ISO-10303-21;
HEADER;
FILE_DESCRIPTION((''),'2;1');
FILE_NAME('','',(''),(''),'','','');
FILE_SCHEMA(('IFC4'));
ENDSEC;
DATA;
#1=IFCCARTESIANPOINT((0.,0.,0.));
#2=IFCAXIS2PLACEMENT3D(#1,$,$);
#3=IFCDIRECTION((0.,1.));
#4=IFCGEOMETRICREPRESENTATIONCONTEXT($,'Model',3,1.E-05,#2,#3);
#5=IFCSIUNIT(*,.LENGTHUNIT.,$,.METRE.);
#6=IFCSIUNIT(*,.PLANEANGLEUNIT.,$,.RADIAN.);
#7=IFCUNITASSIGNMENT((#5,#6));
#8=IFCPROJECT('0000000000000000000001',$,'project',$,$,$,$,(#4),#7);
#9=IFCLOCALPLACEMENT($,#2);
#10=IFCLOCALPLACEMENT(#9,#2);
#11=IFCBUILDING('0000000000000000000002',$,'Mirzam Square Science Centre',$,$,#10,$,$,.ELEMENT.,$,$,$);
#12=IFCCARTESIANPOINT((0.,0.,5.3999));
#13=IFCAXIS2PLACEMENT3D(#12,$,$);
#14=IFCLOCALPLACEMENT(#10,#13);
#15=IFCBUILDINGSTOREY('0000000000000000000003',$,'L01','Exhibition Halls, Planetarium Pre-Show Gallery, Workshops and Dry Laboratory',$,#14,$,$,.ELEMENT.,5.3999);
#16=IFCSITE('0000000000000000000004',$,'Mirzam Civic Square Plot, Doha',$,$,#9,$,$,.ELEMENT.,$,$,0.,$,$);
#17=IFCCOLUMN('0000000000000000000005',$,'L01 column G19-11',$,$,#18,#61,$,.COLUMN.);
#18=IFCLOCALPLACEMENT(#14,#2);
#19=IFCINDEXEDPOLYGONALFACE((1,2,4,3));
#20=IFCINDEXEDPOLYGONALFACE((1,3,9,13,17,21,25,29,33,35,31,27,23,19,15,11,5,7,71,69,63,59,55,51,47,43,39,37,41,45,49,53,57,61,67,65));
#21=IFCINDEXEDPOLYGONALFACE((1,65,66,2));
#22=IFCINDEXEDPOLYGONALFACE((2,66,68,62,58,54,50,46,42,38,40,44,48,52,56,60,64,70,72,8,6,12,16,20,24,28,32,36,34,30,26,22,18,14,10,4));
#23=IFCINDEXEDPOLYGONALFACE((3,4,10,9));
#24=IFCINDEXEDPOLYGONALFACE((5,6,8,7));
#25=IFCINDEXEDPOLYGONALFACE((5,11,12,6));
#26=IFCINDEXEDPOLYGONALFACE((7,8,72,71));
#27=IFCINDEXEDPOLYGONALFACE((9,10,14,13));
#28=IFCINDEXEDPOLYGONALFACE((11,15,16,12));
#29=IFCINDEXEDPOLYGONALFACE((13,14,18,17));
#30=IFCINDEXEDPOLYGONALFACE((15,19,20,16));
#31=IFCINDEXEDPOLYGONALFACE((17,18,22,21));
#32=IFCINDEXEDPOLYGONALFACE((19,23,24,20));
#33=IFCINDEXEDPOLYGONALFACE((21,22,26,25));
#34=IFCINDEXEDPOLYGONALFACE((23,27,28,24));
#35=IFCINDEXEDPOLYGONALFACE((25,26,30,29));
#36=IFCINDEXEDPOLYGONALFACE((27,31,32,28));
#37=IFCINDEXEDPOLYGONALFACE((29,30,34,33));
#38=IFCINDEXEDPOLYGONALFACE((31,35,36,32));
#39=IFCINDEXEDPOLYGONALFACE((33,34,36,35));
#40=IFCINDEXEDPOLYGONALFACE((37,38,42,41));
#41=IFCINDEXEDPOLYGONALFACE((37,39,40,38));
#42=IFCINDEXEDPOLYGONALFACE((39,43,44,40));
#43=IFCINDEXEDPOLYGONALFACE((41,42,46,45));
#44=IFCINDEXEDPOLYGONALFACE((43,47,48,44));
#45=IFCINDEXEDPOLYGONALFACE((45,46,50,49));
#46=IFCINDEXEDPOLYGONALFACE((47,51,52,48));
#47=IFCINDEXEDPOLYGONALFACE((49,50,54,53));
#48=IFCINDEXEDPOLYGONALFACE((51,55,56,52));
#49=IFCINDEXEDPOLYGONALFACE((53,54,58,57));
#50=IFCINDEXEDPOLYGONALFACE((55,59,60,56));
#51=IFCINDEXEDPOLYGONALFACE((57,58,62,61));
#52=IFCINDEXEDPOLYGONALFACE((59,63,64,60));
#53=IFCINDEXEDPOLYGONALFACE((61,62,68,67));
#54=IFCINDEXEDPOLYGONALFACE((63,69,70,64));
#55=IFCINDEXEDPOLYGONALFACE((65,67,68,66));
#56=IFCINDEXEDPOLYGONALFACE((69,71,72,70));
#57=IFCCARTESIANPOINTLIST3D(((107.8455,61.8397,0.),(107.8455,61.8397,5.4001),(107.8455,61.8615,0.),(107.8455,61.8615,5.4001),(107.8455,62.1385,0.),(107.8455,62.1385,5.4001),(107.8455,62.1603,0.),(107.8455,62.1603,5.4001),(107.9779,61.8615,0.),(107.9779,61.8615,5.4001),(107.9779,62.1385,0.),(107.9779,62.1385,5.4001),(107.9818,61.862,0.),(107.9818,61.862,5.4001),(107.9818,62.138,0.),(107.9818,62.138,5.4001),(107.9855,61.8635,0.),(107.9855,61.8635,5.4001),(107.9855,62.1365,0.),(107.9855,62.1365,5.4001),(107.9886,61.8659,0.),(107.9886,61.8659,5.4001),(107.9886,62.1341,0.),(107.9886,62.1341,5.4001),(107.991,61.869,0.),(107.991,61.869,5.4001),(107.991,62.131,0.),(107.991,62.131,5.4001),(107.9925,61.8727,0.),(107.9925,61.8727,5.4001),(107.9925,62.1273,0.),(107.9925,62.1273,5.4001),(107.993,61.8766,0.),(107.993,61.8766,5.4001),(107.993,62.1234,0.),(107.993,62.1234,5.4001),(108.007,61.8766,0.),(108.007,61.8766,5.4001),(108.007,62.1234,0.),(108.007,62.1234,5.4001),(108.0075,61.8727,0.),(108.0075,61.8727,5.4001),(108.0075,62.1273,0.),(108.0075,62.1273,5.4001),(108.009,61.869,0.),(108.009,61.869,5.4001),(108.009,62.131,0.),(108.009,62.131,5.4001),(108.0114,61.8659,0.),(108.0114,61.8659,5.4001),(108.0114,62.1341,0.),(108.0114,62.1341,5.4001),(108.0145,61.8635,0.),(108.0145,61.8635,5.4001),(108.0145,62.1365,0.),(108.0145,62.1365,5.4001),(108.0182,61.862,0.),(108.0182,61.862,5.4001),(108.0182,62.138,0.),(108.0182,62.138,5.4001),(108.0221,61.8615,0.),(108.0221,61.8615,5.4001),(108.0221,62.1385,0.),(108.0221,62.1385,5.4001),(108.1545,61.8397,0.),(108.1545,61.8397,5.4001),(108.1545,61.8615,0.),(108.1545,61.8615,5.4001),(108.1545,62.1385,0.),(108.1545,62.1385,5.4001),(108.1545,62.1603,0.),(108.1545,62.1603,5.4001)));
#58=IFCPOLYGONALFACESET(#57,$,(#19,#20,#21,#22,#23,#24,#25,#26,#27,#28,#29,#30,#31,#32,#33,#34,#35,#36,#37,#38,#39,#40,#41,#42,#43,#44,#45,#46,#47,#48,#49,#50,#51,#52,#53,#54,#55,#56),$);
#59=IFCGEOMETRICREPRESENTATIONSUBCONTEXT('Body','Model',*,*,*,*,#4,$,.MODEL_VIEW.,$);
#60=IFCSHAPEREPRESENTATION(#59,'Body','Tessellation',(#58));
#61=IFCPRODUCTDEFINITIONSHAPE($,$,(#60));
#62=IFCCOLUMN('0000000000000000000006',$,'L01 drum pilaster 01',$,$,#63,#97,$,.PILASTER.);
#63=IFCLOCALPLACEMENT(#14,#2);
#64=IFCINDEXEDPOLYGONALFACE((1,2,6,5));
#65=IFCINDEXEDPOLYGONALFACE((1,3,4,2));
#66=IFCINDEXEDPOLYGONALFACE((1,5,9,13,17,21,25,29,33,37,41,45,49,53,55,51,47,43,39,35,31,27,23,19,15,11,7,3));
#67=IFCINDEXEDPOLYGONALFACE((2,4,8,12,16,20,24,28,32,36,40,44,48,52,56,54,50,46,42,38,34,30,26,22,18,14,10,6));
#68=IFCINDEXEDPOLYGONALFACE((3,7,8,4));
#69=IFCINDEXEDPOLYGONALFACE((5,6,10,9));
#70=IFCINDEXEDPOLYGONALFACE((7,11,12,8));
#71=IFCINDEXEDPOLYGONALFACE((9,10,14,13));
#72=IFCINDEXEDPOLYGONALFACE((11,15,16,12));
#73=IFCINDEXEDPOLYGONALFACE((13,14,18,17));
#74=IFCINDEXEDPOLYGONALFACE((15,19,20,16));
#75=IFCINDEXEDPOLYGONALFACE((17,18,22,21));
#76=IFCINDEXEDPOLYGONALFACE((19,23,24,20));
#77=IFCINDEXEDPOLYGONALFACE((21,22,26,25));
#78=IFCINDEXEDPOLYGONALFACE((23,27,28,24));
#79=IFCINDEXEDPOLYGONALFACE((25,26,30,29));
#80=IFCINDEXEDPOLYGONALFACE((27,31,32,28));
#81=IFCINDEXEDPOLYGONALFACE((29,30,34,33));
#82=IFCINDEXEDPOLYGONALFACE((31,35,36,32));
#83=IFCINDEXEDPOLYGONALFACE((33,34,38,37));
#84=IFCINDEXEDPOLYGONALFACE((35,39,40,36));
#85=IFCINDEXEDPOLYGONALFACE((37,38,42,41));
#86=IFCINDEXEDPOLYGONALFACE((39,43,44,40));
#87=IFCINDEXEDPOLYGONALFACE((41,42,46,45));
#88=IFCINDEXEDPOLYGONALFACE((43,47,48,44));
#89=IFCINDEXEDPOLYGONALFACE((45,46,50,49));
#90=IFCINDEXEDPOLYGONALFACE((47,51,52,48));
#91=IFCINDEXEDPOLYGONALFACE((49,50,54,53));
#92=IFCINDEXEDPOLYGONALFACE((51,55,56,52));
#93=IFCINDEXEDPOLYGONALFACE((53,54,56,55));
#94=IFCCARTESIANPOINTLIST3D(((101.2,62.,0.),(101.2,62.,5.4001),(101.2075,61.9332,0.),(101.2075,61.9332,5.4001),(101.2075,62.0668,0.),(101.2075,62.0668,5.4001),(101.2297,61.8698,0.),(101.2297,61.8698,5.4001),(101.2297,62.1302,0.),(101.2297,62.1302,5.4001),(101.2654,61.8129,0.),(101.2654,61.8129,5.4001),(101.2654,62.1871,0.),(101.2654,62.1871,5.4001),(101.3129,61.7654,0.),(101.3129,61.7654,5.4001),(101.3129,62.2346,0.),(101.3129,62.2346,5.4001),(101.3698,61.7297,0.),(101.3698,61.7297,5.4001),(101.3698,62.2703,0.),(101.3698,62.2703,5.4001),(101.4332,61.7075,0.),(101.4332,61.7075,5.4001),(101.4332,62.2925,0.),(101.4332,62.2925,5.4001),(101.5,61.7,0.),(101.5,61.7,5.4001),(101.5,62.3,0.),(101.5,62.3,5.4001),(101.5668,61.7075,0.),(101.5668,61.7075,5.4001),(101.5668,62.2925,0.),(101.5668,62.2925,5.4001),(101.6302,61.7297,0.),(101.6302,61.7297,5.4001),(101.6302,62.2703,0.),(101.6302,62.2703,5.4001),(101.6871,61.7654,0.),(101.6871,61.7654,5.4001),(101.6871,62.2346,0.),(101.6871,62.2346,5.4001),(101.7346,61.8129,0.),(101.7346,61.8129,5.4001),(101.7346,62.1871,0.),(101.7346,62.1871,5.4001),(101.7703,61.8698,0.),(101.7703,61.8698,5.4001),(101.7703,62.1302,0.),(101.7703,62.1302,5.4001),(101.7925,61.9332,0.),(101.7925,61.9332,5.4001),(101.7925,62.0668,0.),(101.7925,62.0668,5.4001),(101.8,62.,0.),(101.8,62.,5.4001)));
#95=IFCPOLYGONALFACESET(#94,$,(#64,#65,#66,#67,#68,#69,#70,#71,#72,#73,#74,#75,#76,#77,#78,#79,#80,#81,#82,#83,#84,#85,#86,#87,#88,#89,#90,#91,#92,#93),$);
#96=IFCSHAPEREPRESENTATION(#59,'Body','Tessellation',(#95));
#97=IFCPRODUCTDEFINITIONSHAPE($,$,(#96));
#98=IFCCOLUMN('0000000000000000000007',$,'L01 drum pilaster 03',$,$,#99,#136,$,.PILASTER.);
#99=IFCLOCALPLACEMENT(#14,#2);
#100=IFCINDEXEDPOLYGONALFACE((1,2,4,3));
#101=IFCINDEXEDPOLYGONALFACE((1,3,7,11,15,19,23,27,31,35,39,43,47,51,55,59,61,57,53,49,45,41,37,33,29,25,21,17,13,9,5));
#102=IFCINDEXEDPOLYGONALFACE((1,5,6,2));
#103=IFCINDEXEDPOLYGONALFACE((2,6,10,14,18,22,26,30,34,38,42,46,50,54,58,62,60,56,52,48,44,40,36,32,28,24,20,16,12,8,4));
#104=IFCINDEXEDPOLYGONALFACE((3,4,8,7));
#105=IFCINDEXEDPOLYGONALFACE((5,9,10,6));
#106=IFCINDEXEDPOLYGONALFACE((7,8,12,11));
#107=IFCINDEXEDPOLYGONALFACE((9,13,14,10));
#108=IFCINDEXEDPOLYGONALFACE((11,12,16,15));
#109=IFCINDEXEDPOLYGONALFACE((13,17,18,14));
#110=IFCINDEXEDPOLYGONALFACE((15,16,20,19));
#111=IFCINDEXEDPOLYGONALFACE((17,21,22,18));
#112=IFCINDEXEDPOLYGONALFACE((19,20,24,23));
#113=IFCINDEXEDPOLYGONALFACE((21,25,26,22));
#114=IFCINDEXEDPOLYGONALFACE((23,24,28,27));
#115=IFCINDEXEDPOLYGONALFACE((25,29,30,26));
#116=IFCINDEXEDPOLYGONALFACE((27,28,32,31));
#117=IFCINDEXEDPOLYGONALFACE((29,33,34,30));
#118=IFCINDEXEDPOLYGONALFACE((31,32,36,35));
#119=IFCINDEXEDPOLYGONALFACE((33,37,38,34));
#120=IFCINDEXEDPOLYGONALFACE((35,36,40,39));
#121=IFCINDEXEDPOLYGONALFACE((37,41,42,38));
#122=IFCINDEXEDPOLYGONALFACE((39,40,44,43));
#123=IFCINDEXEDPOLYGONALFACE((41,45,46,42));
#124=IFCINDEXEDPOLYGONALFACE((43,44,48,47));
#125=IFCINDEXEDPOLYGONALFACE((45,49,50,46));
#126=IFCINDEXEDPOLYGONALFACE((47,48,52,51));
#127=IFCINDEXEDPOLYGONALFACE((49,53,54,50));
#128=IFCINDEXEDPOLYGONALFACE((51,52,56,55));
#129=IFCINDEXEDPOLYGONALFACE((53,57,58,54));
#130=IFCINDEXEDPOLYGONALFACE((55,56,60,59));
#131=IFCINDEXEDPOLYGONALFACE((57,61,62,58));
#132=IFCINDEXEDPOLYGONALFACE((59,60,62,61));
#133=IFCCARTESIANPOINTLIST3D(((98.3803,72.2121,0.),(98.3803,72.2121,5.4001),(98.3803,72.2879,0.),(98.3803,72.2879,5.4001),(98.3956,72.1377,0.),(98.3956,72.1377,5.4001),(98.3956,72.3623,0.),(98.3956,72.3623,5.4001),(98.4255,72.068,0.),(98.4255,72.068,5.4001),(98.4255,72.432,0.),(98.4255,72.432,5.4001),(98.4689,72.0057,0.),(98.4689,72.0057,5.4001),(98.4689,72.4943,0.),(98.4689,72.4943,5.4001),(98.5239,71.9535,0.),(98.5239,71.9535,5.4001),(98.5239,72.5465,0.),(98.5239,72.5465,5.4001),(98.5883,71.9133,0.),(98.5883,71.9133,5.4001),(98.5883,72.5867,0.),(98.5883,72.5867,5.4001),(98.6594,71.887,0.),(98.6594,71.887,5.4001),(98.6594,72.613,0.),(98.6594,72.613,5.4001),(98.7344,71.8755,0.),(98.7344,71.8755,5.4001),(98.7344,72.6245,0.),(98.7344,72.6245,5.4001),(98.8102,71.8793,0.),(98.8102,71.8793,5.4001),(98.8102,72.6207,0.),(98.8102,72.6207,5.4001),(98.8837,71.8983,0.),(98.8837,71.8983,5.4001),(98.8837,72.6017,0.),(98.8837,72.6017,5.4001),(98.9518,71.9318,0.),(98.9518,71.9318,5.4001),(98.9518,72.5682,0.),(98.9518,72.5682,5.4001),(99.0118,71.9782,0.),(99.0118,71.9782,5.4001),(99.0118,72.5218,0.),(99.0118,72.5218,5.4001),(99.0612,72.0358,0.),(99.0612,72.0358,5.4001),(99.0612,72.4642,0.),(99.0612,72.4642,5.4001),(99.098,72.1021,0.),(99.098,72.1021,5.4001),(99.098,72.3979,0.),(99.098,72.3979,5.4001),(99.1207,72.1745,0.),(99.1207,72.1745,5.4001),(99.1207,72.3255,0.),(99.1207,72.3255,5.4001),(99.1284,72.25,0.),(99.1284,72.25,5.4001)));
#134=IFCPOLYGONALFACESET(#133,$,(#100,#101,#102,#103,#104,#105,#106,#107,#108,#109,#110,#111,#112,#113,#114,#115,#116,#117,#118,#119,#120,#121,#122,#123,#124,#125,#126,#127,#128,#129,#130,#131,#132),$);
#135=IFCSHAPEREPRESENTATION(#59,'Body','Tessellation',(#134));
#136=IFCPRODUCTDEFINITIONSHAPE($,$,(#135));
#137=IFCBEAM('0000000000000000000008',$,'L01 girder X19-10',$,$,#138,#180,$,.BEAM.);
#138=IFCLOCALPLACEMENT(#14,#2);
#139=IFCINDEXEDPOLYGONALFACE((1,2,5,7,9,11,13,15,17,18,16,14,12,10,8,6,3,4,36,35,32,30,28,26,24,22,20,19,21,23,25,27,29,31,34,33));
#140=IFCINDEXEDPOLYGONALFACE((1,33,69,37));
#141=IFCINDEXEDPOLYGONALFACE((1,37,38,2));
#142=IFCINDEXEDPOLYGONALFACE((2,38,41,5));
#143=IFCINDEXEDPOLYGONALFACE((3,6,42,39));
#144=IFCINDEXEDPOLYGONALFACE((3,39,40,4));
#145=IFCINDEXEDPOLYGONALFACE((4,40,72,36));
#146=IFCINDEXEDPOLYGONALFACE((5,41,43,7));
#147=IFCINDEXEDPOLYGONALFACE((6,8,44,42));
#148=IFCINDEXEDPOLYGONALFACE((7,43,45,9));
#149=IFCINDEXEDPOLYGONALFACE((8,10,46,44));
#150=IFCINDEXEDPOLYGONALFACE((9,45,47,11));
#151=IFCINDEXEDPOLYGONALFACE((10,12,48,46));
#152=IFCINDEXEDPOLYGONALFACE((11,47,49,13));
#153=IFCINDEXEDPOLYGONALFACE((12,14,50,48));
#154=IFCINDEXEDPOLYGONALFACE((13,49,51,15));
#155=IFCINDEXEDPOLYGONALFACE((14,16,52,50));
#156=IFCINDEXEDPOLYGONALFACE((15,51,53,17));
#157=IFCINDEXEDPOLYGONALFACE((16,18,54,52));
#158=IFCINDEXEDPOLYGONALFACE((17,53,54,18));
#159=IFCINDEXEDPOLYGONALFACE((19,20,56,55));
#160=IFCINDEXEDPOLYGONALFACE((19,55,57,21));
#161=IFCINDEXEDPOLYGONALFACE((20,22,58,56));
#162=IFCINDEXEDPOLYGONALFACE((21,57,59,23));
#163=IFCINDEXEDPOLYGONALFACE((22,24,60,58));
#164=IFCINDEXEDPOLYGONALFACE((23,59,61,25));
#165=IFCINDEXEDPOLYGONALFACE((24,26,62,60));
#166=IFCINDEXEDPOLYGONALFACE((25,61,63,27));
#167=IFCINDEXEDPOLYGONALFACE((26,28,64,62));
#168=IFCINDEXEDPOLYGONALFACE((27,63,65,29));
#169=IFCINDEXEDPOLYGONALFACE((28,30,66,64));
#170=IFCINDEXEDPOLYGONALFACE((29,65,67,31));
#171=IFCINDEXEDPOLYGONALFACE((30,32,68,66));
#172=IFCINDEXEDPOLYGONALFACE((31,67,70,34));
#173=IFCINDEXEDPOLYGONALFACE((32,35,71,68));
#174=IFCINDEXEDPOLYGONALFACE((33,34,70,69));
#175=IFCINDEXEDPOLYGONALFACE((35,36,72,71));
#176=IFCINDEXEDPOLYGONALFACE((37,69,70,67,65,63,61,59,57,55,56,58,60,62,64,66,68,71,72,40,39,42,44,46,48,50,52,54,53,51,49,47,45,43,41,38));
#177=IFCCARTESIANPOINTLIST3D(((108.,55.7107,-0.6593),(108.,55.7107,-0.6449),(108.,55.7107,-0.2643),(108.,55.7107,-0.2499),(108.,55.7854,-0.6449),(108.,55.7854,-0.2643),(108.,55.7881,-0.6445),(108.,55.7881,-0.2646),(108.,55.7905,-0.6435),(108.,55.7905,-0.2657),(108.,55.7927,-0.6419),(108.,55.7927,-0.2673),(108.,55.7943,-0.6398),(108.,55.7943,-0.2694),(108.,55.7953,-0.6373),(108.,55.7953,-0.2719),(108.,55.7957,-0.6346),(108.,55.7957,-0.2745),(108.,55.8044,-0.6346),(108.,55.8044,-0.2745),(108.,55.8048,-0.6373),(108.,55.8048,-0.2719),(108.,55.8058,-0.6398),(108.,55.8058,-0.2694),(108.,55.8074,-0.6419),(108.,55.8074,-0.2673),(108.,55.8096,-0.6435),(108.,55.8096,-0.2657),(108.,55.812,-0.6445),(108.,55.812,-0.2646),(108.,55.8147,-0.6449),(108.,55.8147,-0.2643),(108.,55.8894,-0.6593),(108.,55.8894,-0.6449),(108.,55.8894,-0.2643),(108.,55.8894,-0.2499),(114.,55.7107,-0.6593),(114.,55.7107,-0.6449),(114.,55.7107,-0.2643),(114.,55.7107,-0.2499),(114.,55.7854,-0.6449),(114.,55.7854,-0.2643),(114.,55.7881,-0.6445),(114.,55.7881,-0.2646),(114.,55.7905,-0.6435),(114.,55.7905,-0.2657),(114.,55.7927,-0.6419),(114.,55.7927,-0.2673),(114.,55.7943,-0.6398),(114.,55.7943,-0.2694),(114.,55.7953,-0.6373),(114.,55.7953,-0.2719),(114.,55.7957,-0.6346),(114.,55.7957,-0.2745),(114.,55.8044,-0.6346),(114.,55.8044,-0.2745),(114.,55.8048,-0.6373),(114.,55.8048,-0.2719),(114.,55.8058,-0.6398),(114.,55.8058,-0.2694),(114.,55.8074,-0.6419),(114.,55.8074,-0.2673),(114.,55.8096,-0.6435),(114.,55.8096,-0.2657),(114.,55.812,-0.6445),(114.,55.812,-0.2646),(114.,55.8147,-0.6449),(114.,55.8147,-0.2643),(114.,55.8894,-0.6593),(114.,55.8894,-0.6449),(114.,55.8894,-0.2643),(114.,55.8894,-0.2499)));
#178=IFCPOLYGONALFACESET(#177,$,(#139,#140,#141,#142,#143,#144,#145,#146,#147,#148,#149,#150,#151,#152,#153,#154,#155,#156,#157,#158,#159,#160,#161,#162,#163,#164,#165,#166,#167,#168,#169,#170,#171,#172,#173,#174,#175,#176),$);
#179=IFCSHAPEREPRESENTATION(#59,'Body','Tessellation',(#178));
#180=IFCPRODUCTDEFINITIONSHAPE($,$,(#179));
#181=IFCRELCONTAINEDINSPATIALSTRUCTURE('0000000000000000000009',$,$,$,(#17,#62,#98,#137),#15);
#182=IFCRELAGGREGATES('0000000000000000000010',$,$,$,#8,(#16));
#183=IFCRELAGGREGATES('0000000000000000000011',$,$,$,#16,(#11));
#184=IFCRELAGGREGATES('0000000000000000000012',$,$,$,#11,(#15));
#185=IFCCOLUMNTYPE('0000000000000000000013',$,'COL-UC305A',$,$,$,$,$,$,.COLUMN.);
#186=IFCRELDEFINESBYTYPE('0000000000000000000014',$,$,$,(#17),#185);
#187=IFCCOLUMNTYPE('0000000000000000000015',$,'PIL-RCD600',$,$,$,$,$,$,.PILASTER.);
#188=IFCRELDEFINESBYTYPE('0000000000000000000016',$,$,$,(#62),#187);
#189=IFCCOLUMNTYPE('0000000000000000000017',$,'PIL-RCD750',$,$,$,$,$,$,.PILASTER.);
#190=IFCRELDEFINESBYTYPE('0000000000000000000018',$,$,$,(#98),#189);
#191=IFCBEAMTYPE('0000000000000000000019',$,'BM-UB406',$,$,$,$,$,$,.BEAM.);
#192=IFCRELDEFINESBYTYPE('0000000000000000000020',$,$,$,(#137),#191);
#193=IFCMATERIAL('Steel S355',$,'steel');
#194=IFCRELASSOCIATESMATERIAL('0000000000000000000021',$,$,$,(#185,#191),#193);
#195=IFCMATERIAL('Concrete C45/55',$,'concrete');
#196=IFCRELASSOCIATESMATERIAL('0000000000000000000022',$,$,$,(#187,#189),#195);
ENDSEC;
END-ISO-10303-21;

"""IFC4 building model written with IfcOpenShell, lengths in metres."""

from ifc_helpers import new_model, si_unit, direction, frame, origin, origin_2d, place, context, subcontext, project, spatial, circle, i_section, extrude, material, material_profile, profile_set, type_object, element, save


model = new_model("IFC4")

# Units and contexts
model_context = context("Model", 3, precision=1e-05, world=origin(), true_north=direction((0.0, 1.0)))
body_context = subcontext(model_context, "Body", "Model", "MODEL_VIEW")
ifc_project = project(units=[si_unit("LENGTHUNIT", "METRE"), si_unit("PLANEANGLEUNIT", "RADIAN")], contexts=[model_context])

# Site, building, storey
site_placement = place(None, origin())
site = spatial("IfcSite", under=ifc_project, at=site_placement, Name="Mirzam Civic Square Plot, Doha", CompositionType="ELEMENT", RefElevation=0.0)
building_placement = place(site_placement, origin())
building = spatial("IfcBuilding", under=site, at=building_placement, Name="Mirzam Square Science Centre", CompositionType="ELEMENT")
storey_placement = place(building_placement, frame((0.0, 0.0, 5.3999)))
storey = spatial("IfcBuildingStorey", under=building, at=storey_placement, Name="L01", Description="Exhibition Halls, Planetarium Pre-Show Gallery, Workshops and Dry Laboratory", CompositionType="ELEMENT", Elevation=5.3999)

# Columns
ifc_material_1 = material(Name="Steel S355", Category="steel")
ifc_material_profile_1 = material_profile(ifc_material_1, i_section(OverallWidth=0.3091, OverallDepth=0.3206, WebThickness=0.0139, FlangeThickness=0.0217, FilletRadius=0.0151, at=origin_2d()), Name="305x305x137UC")
ifc_profile_set_1 = profile_set([ifc_material_profile_1], Name="Steel S355")
column_type_1 = type_object("IfcColumnType", Name="COL-UC305A", PredefinedType="COLUMN", material=ifc_profile_set_1)
column_1_placement = place(storey_placement, frame((108.0, 62.0, 0.0), z_axis=(0.0, 0.0, 1.0), x_axis=(1.0, 0.0, 0.0)))
element("IfcColumn", 1, at=column_1_placement, inside=storey, type_object=column_type_1, Name="L01 column G19-11", PredefinedType="COLUMN", context=body_context, shape_type="SweptSolid", body=[
    extrude(i_section(OverallWidth=0.3091, OverallDepth=0.3206, WebThickness=0.0139, FlangeThickness=0.0217, FilletRadius=0.0151, at=origin_2d()), origin(), (0.0, 0.0, 1.0), 5.4001),
])
ifc_material_2 = material(Name="Concrete C45/55", Category="concrete")
ifc_material_profile_2 = material_profile(ifc_material_2, circle(Radius=0.3, at=origin_2d()), Name="RCD600")
ifc_profile_set_2 = profile_set([ifc_material_profile_2], Name="Concrete C45/55")
column_type_2 = type_object("IfcColumnType", Name="PIL-RCD600", PredefinedType="PILASTER", material=ifc_profile_set_2)
column_2_placement = place(storey_placement, frame((101.5, 62.0, 0.0), z_axis=(0.0, 0.0, 1.0), x_axis=(1.0, 0.0, 0.0)))
element("IfcColumn", 2, at=column_2_placement, inside=storey, type_object=column_type_2, Name="L01 drum pilaster 01", PredefinedType="PILASTER", context=body_context, shape_type="SweptSolid", body=[
    extrude(circle(Radius=0.3, at=origin_2d()), origin(), (0.0, 0.0, 1.0), 5.4001),
])
ifc_material_profile_3 = material_profile(ifc_material_2, circle(Radius=0.375, at=origin_2d()), Name="RCD750")
ifc_profile_set_3 = profile_set([ifc_material_profile_3], Name="Concrete C45/55")
column_type_3 = type_object("IfcColumnType", Name="PIL-RCD750", PredefinedType="PILASTER", material=ifc_profile_set_3)
column_3_placement = place(storey_placement, frame((98.7534, 72.25, 0.0), z_axis=(0.0, 0.0, 1.0), x_axis=(1.0, 0.0, 0.0)))
element("IfcColumn", 3, at=column_3_placement, inside=storey, type_object=column_type_3, Name="L01 drum pilaster 03", PredefinedType="PILASTER", context=body_context, shape_type="SweptSolid", body=[
    extrude(circle(Radius=0.375, at=origin_2d()), origin(), (0.0, 0.0, 1.0), 5.4001),
])

# Beam
ifc_material_profile_4 = material_profile(ifc_material_1, i_section(OverallWidth=0.1787, OverallDepth=0.4094, WebThickness=0.0088, FlangeThickness=0.0144, FilletRadius=0.0103, at=origin_2d()), Name="406x178x67UB")
ifc_profile_set_4 = profile_set([ifc_material_profile_4], Name="Steel S355")
beam_type_1 = type_object("IfcBeamType", Name="BM-UB406", PredefinedType="BEAM", material=ifc_profile_set_4)
beam_1_placement = place(storey_placement, frame((108.0, 55.8, -0.4546), z_axis=(1.0, 0.0, 0.0), x_axis=(0.0, 1.0, 0.0)))
element("IfcBeam", 4, at=beam_1_placement, inside=storey, type_object=beam_type_1, Name="L01 girder X19-10", PredefinedType="BEAM", context=body_context, shape_type="SweptSolid", body=[
    extrude(i_section(OverallWidth=0.1787, OverallDepth=0.4094, WebThickness=0.0088, FlangeThickness=0.0144, FilletRadius=0.0103, at=origin_2d()), origin(), (0.0, 0.0, 1.0), 6.0),
])

save(model, "model.ifc")
